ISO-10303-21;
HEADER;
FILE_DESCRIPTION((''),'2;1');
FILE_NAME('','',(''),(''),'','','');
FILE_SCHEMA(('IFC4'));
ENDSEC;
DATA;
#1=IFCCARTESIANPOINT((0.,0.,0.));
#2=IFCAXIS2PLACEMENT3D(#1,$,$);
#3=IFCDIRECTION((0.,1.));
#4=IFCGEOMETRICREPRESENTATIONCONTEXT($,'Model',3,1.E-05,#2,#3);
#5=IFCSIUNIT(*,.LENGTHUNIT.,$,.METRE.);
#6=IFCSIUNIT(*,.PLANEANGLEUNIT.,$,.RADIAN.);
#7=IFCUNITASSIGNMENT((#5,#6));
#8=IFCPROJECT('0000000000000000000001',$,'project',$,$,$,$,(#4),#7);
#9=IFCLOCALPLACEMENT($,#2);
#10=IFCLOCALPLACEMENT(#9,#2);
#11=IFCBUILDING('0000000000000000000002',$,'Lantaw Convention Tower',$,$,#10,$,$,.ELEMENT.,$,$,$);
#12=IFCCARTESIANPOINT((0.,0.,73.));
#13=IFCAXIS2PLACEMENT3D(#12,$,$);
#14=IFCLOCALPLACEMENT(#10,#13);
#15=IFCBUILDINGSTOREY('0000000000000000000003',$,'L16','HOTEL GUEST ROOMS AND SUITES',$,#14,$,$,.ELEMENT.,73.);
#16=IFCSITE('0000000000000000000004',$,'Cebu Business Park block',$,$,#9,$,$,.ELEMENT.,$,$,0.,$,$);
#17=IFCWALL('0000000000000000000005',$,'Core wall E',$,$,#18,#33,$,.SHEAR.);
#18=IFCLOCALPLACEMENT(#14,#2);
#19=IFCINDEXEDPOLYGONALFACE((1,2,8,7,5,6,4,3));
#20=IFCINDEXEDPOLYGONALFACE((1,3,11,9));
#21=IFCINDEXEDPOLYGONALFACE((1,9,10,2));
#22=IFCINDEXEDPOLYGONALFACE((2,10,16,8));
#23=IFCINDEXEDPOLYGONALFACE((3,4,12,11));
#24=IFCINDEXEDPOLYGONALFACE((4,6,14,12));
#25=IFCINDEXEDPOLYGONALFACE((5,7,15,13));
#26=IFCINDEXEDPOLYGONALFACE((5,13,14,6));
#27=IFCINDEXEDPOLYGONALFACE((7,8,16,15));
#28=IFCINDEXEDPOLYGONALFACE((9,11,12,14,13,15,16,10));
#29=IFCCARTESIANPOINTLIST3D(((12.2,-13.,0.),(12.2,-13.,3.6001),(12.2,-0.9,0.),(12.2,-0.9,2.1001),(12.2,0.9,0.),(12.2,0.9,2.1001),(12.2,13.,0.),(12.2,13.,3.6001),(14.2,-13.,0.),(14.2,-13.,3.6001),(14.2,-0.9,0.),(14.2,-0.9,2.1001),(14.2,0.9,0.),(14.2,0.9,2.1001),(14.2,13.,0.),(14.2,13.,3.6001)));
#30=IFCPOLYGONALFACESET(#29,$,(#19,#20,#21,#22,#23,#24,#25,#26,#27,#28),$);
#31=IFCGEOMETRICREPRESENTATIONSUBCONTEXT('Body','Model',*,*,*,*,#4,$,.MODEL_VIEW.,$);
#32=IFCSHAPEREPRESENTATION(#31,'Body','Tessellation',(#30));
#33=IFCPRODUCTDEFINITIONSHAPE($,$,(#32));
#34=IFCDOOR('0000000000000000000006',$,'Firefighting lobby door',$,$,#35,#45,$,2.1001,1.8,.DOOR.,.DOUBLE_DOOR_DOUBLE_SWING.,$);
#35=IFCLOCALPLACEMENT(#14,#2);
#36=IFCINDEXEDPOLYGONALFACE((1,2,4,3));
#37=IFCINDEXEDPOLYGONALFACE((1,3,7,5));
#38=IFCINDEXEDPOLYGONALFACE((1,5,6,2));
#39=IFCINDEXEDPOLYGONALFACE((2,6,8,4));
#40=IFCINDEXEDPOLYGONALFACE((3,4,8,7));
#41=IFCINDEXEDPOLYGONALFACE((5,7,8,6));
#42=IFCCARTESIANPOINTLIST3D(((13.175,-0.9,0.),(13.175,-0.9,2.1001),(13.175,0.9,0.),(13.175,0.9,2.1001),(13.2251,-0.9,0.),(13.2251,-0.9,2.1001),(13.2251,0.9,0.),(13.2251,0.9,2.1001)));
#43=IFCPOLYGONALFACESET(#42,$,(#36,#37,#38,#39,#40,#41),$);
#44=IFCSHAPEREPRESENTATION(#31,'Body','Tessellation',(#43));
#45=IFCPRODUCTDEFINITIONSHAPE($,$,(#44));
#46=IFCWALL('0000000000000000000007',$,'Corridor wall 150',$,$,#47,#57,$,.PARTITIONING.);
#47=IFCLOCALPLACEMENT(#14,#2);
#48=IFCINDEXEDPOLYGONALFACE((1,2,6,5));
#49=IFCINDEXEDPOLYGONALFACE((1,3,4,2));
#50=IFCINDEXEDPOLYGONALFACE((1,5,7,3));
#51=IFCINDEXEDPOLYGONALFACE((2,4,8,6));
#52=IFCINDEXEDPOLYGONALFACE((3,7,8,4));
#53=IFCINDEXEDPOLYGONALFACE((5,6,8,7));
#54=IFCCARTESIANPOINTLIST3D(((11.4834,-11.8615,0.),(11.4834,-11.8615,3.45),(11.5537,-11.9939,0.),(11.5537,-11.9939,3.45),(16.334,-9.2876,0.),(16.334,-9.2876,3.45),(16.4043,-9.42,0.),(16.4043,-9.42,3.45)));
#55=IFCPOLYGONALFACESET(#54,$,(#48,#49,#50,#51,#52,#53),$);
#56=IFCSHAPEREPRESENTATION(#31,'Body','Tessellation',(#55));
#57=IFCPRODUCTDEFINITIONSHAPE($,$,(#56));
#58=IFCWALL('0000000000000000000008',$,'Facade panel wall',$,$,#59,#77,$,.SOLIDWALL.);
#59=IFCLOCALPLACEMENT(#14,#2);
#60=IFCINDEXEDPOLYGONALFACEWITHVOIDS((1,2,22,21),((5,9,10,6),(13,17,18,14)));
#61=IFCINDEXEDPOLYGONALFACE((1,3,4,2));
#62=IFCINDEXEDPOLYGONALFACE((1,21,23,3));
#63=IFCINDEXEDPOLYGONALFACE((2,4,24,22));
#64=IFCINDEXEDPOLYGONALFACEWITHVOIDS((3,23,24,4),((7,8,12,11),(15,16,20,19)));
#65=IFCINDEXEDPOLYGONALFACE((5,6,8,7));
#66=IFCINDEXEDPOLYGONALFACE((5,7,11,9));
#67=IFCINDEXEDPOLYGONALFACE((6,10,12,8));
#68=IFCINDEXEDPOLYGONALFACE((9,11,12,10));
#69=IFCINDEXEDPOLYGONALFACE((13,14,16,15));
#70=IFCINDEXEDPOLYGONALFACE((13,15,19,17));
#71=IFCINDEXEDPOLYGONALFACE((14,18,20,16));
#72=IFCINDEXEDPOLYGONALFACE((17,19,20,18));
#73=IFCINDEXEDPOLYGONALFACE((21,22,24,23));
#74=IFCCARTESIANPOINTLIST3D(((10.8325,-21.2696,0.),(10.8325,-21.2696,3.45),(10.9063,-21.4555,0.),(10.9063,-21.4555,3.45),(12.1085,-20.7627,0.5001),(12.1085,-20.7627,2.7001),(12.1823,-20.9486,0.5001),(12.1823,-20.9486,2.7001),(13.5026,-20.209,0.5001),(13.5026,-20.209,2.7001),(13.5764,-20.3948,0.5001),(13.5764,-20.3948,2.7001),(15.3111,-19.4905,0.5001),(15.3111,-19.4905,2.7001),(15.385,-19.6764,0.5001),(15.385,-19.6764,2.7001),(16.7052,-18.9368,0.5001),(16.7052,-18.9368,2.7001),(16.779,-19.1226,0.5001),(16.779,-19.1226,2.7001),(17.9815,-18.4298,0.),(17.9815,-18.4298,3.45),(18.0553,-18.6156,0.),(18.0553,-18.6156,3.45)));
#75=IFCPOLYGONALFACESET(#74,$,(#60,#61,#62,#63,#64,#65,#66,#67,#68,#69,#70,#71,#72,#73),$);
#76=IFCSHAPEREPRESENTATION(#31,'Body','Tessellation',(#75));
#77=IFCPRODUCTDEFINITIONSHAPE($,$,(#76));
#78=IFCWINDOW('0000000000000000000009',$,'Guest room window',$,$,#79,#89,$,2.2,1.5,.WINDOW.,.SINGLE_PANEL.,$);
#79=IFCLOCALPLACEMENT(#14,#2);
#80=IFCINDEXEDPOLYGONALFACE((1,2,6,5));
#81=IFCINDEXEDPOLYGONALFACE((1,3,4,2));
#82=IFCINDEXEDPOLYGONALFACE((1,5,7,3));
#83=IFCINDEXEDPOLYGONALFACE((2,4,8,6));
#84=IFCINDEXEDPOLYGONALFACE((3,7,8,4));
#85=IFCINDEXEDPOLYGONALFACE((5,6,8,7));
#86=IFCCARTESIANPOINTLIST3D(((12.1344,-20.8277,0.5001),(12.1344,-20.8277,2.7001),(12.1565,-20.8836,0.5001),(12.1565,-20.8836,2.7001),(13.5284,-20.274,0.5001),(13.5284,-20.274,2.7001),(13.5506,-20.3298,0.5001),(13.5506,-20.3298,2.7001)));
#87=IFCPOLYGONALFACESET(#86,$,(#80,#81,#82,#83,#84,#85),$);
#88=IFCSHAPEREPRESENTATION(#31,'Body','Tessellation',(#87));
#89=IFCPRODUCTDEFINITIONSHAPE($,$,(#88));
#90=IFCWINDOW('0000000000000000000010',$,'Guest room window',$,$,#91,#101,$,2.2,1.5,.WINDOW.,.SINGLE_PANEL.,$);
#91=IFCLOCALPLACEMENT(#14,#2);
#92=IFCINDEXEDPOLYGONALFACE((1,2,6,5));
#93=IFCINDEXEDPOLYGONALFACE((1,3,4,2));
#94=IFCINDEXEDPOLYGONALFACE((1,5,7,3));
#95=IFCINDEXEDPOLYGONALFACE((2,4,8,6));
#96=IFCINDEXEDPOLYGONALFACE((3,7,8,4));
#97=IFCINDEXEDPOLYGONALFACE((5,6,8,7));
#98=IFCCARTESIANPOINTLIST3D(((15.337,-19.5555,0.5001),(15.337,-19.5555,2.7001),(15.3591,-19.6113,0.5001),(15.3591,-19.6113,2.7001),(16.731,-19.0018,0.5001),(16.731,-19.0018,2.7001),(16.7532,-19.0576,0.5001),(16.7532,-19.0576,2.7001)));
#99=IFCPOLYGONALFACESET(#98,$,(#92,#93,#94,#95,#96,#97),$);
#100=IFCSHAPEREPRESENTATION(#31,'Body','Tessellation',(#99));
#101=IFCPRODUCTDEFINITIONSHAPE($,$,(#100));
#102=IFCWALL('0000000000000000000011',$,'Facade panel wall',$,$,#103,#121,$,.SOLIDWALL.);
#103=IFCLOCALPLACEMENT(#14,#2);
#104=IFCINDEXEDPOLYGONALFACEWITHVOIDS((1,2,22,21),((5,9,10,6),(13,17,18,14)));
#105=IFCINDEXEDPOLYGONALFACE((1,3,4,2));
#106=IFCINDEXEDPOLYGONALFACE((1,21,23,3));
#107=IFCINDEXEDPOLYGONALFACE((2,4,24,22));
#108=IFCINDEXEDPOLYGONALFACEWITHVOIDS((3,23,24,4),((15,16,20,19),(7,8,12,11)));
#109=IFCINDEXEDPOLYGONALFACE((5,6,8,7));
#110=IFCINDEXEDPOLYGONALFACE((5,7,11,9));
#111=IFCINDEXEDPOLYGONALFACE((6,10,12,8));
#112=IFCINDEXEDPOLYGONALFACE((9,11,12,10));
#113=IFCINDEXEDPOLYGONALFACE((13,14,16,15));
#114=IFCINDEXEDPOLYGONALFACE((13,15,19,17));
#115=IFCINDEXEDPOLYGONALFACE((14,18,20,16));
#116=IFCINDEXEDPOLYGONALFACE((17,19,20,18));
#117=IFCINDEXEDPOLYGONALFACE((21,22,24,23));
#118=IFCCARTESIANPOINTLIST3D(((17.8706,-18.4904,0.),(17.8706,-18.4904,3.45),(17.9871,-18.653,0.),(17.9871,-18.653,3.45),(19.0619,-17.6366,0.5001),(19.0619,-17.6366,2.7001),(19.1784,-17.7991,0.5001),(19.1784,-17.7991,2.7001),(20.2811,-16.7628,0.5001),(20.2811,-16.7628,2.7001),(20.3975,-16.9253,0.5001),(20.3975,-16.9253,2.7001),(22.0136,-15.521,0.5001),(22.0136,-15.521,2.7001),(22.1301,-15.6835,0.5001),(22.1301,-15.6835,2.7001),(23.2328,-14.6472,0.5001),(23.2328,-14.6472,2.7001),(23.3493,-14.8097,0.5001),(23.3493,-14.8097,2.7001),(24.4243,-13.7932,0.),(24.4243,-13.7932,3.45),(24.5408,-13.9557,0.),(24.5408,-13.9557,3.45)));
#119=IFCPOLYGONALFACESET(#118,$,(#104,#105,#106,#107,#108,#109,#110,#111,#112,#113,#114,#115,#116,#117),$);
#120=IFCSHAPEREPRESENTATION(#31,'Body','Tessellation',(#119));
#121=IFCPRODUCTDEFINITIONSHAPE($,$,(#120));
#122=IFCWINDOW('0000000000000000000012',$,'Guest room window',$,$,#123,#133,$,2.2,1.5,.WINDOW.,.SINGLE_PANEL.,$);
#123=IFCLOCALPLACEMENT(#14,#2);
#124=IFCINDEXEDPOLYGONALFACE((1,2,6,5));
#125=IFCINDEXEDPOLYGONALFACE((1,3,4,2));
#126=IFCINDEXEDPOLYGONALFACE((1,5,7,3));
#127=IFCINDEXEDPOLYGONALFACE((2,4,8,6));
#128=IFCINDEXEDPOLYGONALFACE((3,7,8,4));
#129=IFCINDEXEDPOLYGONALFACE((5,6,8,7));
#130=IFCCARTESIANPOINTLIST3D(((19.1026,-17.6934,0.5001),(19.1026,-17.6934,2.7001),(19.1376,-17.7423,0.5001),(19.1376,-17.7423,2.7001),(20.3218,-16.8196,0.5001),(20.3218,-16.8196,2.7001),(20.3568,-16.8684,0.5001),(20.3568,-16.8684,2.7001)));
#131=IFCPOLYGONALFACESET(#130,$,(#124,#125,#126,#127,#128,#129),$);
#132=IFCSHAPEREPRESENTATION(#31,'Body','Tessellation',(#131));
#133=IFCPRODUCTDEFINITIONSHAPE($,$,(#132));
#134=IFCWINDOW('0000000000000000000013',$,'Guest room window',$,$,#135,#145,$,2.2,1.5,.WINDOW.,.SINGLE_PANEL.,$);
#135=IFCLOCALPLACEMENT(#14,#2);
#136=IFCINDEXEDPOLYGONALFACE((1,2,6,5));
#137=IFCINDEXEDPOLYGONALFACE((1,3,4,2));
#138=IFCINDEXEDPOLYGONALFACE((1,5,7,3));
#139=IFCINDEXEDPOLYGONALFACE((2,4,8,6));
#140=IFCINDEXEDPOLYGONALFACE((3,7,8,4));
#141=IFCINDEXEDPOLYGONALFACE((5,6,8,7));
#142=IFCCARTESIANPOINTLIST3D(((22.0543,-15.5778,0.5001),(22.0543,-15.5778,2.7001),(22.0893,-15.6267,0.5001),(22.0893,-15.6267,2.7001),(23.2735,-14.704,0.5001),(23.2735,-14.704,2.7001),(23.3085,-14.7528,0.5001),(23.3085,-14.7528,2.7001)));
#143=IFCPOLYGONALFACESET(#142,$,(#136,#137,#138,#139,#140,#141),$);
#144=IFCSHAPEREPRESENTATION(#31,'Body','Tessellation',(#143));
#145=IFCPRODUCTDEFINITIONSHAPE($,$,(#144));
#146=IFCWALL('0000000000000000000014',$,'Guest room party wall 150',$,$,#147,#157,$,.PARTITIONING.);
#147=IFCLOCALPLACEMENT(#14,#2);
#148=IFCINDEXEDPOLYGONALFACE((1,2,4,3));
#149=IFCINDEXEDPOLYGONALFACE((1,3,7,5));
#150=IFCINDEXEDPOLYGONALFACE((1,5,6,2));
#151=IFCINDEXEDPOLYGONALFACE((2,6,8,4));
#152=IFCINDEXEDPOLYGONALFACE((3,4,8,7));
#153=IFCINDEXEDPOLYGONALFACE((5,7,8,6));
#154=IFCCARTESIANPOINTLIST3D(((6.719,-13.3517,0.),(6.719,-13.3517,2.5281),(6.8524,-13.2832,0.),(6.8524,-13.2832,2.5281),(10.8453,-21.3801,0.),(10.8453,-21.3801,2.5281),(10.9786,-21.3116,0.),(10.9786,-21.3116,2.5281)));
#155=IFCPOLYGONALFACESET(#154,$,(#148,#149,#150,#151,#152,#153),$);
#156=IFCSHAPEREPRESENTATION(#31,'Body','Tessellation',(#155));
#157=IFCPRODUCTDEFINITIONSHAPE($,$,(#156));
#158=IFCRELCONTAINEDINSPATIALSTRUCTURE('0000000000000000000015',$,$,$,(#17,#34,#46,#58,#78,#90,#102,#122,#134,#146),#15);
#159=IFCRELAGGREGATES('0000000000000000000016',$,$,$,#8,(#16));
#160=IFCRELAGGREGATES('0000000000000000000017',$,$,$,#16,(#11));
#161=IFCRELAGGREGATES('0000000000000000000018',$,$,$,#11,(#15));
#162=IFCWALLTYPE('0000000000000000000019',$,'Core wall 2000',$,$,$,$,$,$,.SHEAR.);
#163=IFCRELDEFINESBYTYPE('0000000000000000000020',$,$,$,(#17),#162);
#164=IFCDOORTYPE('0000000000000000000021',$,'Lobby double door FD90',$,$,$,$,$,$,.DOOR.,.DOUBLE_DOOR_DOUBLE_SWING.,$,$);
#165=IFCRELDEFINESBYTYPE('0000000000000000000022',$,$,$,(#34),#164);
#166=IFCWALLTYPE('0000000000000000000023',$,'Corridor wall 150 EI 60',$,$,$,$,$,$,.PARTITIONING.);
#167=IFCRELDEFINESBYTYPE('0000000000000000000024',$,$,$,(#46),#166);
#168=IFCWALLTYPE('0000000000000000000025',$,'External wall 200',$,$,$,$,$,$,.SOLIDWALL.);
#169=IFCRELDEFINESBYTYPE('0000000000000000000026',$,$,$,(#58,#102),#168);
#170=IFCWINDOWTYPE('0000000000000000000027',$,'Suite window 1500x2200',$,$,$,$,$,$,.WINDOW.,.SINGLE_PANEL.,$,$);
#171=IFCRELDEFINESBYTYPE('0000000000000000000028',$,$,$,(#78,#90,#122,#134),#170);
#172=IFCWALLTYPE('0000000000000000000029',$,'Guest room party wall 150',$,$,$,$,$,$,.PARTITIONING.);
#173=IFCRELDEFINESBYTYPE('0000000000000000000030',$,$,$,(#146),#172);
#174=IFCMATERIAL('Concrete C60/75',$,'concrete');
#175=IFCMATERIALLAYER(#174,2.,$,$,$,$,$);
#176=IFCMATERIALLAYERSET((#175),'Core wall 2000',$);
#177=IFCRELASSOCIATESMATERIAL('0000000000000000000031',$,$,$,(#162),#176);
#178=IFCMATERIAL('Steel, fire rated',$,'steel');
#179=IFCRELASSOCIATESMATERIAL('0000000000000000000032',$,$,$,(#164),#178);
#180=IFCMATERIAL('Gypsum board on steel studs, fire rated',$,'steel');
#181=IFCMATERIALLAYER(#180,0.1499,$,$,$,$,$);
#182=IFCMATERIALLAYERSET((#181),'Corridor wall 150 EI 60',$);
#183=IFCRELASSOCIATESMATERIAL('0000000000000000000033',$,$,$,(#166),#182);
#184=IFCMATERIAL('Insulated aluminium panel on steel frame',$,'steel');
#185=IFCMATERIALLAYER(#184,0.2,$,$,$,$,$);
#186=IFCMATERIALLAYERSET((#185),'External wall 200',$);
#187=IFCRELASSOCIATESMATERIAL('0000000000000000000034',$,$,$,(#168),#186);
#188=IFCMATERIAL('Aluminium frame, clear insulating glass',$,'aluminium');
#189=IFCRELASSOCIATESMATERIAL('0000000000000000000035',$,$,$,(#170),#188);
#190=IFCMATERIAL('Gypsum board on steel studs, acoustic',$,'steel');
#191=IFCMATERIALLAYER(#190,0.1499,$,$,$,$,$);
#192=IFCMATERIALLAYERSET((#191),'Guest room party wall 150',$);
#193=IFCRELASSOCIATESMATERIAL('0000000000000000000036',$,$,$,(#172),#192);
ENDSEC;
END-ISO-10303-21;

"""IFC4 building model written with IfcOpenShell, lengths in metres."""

from ifc_helpers import new_model, si_unit, direction, frame, frame_2d, origin, place, context, subcontext, project, spatial, rectangle, extrude, material, layer, layer_set, type_object, element, fill, save


model = new_model("IFC4")

# Units and contexts
model_context = context("Model", 3, precision=1e-05, world=origin(), true_north=direction((0.0, 1.0)))
body_context = subcontext(model_context, "Body", "Model", "MODEL_VIEW")
ifc_project = project(units=[si_unit("LENGTHUNIT", "METRE"), si_unit("PLANEANGLEUNIT", "RADIAN")], contexts=[model_context])

# Site, building, storey
site_placement = place(None, origin())
site = spatial("IfcSite", under=ifc_project, at=site_placement, Name="Cebu Business Park block", CompositionType="ELEMENT", RefElevation=0.0)
building_placement = place(site_placement, origin())
building = spatial("IfcBuilding", under=site, at=building_placement, Name="Lantaw Convention Tower", CompositionType="ELEMENT")
storey_placement = place(building_placement, frame((0.0, 0.0, 73.0)))
storey = spatial("IfcBuildingStorey", under=building, at=storey_placement, Name="L16", Description="HOTEL GUEST ROOMS AND SUITES", CompositionType="ELEMENT", Elevation=73.0)

# Shared definitions
ifc_material_1 = material(Name="Concrete C60/75", Category="concrete")

# Wall, opening, door
ifc_layer_1 = layer(ifc_material_1, 2.0)
ifc_layer_set_1 = layer_set([ifc_layer_1], Name="Core wall 2000")
wall_type_1 = type_object("IfcWallType", Name="Core wall 2000", PredefinedType="SHEAR", material=ifc_layer_set_1)
wall_1_placement = place(storey_placement, frame((13.2, -13.0, 0.0), z_axis=(0.0, 0.0, 1.0), x_axis=(0.0, 1.0, 0.0)))
wall_1 = element("IfcWall", 1, at=wall_1_placement, inside=storey, type_object=wall_type_1, Name="Core wall E", PredefinedType="SHEAR", context=body_context, shape_type="SweptSolid", body=[
    extrude(rectangle(XDim=26.0, YDim=2.0, at=frame_2d((13.0, 0.0))), origin(), (0.0, 0.0, 1.0), 3.6001),
])
opening_1_placement = place(wall_1_placement, frame((12.1001, 0.0, 0.0)))
opening_1 = element("IfcOpeningElement", 2, at=opening_1_placement, cuts=wall_1, PredefinedType="OPENING", context=body_context, shape_type="SweptSolid", body=[
    extrude(rectangle(XDim=1.8, YDim=2.1001, at=frame_2d((0.8999, 1.05))), frame((0.0, 1.01, 0.0), z_axis=(0.0, -1.0, 0.0), x_axis=(1.0, 0.0, 0.0)), (0.0, 0.0, 1.0), 2.02),
])
ifc_material_2 = material(Name="Steel, fire rated", Category="steel")
door_type_1 = type_object("IfcDoorType", Name="Lobby double door FD90", OperationType="DOUBLE_DOOR_DOUBLE_SWING", PredefinedType="DOOR", material=ifc_material_2)
door_1_placement = place(opening_1_placement, origin())
door_1 = element("IfcDoor", 3, at=door_1_placement, inside=storey, type_object=door_type_1, Name="Firefighting lobby door", OperationType="DOUBLE_DOOR_DOUBLE_SWING", OverallHeight=2.1001, OverallWidth=1.8, PredefinedType="DOOR", context=body_context, shape_type="SweptSolid", body=[
    extrude(rectangle(XDim=1.8, YDim=2.1001, at=frame_2d((0.8999, 1.05))), frame((0.0, 0.0249, 0.0), z_axis=(0.0, -1.0, 0.0), x_axis=(1.0, 0.0, 0.0)), (0.0, 0.0, 1.0), 0.05),
])
fill(opening_1, door_1)

# Wall
ifc_material_3 = material(Name="Gypsum board on steel studs, fire rated", Category="steel")
ifc_layer_2 = layer(ifc_material_3, 0.1499)
ifc_layer_set_2 = layer_set([ifc_layer_2], Name="Corridor wall 150 EI 60")
wall_type_2 = type_object("IfcWallType", Name="Corridor wall 150 EI 60", PredefinedType="PARTITIONING", material=ifc_layer_set_2)
wall_2_placement = place(storey_placement, frame((11.5186, -11.9277, 0.0), z_axis=(0.0, 0.0, 1.0), x_axis=(0.883334, 0.468743, 0.0)))
element("IfcWall", 4, at=wall_2_placement, inside=storey, type_object=wall_type_2, Name="Corridor wall 150", PredefinedType="PARTITIONING", context=body_context, shape_type="SweptSolid", body=[
    extrude(rectangle(XDim=5.4912, YDim=0.1499, at=frame_2d((2.7456, 0.0))), origin(), (0.0, 0.0, 1.0), 3.45),
])

# Walls, openings, windows
ifc_material_4 = material(Name="Insulated aluminium panel on steel frame", Category="steel")
ifc_layer_3 = layer(ifc_material_4, 0.2)
ifc_layer_set_3 = layer_set([ifc_layer_3], Name="External wall 200")
wall_type_3 = type_object("IfcWallType", Name="External wall 200", PredefinedType="SOLIDWALL", material=ifc_layer_set_3)
wall_3_placement = place(storey_placement, frame((10.8694, -21.3625, 0.0), z_axis=(0.0, 0.0, 1.0), x_axis=(0.929358, 0.369179, 0.0)))
wall_3 = element("IfcWall", 5, at=wall_3_placement, inside=storey, type_object=wall_type_3, Name="Facade panel wall", PredefinedType="SOLIDWALL", context=body_context, shape_type="SweptSolid", body=[
    extrude(rectangle(XDim=7.6924, YDim=0.2, at=frame_2d((3.8462, 0.0))), origin(), (0.0, 0.0, 1.0), 3.45),
])
opening_2_placement = place(wall_3_placement, frame((1.373, 0.0, 0.5)))
opening_2 = element("IfcOpeningElement", 6, at=opening_2_placement, cuts=wall_3, PredefinedType="OPENING", context=body_context, shape_type="SweptSolid", body=[
    extrude(rectangle(XDim=1.5, YDim=2.2, at=frame_2d((0.75, 1.1001))), frame((0.0, 0.1099, 0.0), z_axis=(0.0, -1.0, 0.0), x_axis=(1.0, 0.0, 0.0)), (0.0, 0.0, 1.0), 0.22),
])
opening_3_placement = place(wall_3_placement, frame((4.8191, 0.0, 0.5)))
opening_3 = element("IfcOpeningElement", 7, at=opening_3_placement, cuts=wall_3, PredefinedType="OPENING", context=body_context, shape_type="SweptSolid", body=[
    extrude(rectangle(XDim=1.5, YDim=2.2, at=frame_2d((0.75, 1.1001))), frame((0.0, 0.1099, 0.0), z_axis=(0.0, -1.0, 0.0), x_axis=(1.0, 0.0, 0.0)), (0.0, 0.0, 1.0), 0.22),
])
ifc_material_5 = material(Name="Aluminium frame, clear insulating glass", Category="aluminium")
window_type = type_object("IfcWindowType", Name="Suite window 1500x2200", PartitioningType="SINGLE_PANEL", PredefinedType="WINDOW", material=ifc_material_5)
window_1_placement = place(opening_2_placement, origin())
window_1 = element("IfcWindow", 8, at=window_1_placement, inside=storey, type_object=window_type, Name="Guest room window", OverallHeight=2.2, OverallWidth=1.5, PartitioningType="SINGLE_PANEL", PredefinedType="WINDOW", context=body_context, shape_type="SweptSolid", body=[
    extrude(rectangle(XDim=1.5, YDim=2.2, at=frame_2d((0.75, 1.1001))), frame((0.0, 0.03, 0.0), z_axis=(0.0, -1.0, 0.0), x_axis=(1.0, 0.0, 0.0)), (0.0, 0.0, 1.0), 0.0601),
])
fill(opening_2, window_1)
window_2_placement = place(opening_3_placement, origin())
window_2 = element("IfcWindow", 9, at=window_2_placement, inside=storey, type_object=window_type, Name="Guest room window", OverallHeight=2.2, OverallWidth=1.5, PartitioningType="SINGLE_PANEL", PredefinedType="WINDOW", context=body_context, shape_type="SweptSolid", body=[
    extrude(rectangle(XDim=1.5, YDim=2.2, at=frame_2d((0.75, 1.1001))), frame((0.0, 0.03, 0.0), z_axis=(0.0, -1.0, 0.0), x_axis=(1.0, 0.0, 0.0)), (0.0, 0.0, 1.0), 0.0601),
])
fill(opening_3, window_2)
wall_4_placement = place(storey_placement, frame((17.9287, -18.5718, 0.0), z_axis=(0.0, 0.0, 1.0), x_axis=(0.812791, 0.582555, 0.0)))
wall_4 = element("IfcWall", 10, at=wall_4_placement, inside=storey, type_object=wall_type_3, Name="Facade panel wall", PredefinedType="SOLIDWALL", context=body_context, shape_type="SweptSolid", body=[
    extrude(rectangle(XDim=8.0632, YDim=0.2, at=frame_2d((4.0317, 0.0))), origin(), (0.0, 0.0, 1.0), 3.45),
])
opening_4_placement = place(wall_4_placement, frame((1.4658, 0.0, 0.5)))
opening_4 = element("IfcOpeningElement", 11, at=opening_4_placement, cuts=wall_4, PredefinedType="OPENING", context=body_context, shape_type="SweptSolid", body=[
    extrude(rectangle(XDim=1.5, YDim=2.2, at=frame_2d((0.75, 1.1001))), frame((0.0, 0.1099, 0.0), z_axis=(0.0, -1.0, 0.0), x_axis=(1.0, 0.0, 0.0)), (0.0, 0.0, 1.0), 0.22),
])
opening_5_placement = place(wall_4_placement, frame((5.0974, 0.0, 0.5)))
opening_5 = element("IfcOpeningElement", 12, at=opening_5_placement, cuts=wall_4, PredefinedType="OPENING", context=body_context, shape_type="SweptSolid", body=[
    extrude(rectangle(XDim=1.5, YDim=2.2, at=frame_2d((0.75, 1.1001))), frame((0.0, 0.1099, 0.0), z_axis=(0.0, -1.0, 0.0), x_axis=(1.0, 0.0, 0.0)), (0.0, 0.0, 1.0), 0.22),
])
window_3_placement = place(opening_4_placement, origin())
window_3 = element("IfcWindow", 13, at=window_3_placement, inside=storey, type_object=window_type, Name="Guest room window", OverallHeight=2.2, OverallWidth=1.5, PartitioningType="SINGLE_PANEL", PredefinedType="WINDOW", context=body_context, shape_type="SweptSolid", body=[
    extrude(rectangle(XDim=1.5, YDim=2.2, at=frame_2d((0.75, 1.1001))), frame((0.0, 0.03, 0.0), z_axis=(0.0, -1.0, 0.0), x_axis=(1.0, 0.0, 0.0)), (0.0, 0.0, 1.0), 0.0601),
])
fill(opening_4, window_3)
window_4_placement = place(opening_5_placement, origin())
window_4 = element("IfcWindow", 14, at=window_4_placement, inside=storey, type_object=window_type, Name="Guest room window", OverallHeight=2.2, OverallWidth=1.5, PartitioningType="SINGLE_PANEL", PredefinedType="WINDOW", context=body_context, shape_type="SweptSolid", body=[
    extrude(rectangle(XDim=1.5, YDim=2.2, at=frame_2d((0.75, 1.1001))), frame((0.0, 0.03, 0.0), z_axis=(0.0, -1.0, 0.0), x_axis=(1.0, 0.0, 0.0)), (0.0, 0.0, 1.0), 0.0601),
])
fill(opening_5, window_4)

# Wall
ifc_material_6 = material(Name="Gypsum board on steel studs, acoustic", Category="steel")
ifc_layer_4 = layer(ifc_material_6, 0.1499)
ifc_layer_set_4 = layer_set([ifc_layer_4], Name="Guest room party wall 150")
wall_type_4 = type_object("IfcWallType", Name="Guest room party wall 150", PredefinedType="PARTITIONING", material=ifc_layer_set_4)
wall_5_placement = place(storey_placement, frame((10.9119, -21.3457, 0.0), z_axis=(0.0, 0.0, 1.0), x_axis=(-0.457118, 0.889406, 0.0)))
element("IfcWall", 15, at=wall_5_placement, inside=storey, type_object=wall_type_4, Name="Guest room party wall 150", PredefinedType="PARTITIONING", context=body_context, shape_type="SweptSolid", body=[
    extrude(rectangle(XDim=9.0266, YDim=0.1499, at=frame_2d((4.5132, 0.0))), origin(), (0.0, 0.0, 1.0), 2.5281),
])

save(model, "model.ifc")
